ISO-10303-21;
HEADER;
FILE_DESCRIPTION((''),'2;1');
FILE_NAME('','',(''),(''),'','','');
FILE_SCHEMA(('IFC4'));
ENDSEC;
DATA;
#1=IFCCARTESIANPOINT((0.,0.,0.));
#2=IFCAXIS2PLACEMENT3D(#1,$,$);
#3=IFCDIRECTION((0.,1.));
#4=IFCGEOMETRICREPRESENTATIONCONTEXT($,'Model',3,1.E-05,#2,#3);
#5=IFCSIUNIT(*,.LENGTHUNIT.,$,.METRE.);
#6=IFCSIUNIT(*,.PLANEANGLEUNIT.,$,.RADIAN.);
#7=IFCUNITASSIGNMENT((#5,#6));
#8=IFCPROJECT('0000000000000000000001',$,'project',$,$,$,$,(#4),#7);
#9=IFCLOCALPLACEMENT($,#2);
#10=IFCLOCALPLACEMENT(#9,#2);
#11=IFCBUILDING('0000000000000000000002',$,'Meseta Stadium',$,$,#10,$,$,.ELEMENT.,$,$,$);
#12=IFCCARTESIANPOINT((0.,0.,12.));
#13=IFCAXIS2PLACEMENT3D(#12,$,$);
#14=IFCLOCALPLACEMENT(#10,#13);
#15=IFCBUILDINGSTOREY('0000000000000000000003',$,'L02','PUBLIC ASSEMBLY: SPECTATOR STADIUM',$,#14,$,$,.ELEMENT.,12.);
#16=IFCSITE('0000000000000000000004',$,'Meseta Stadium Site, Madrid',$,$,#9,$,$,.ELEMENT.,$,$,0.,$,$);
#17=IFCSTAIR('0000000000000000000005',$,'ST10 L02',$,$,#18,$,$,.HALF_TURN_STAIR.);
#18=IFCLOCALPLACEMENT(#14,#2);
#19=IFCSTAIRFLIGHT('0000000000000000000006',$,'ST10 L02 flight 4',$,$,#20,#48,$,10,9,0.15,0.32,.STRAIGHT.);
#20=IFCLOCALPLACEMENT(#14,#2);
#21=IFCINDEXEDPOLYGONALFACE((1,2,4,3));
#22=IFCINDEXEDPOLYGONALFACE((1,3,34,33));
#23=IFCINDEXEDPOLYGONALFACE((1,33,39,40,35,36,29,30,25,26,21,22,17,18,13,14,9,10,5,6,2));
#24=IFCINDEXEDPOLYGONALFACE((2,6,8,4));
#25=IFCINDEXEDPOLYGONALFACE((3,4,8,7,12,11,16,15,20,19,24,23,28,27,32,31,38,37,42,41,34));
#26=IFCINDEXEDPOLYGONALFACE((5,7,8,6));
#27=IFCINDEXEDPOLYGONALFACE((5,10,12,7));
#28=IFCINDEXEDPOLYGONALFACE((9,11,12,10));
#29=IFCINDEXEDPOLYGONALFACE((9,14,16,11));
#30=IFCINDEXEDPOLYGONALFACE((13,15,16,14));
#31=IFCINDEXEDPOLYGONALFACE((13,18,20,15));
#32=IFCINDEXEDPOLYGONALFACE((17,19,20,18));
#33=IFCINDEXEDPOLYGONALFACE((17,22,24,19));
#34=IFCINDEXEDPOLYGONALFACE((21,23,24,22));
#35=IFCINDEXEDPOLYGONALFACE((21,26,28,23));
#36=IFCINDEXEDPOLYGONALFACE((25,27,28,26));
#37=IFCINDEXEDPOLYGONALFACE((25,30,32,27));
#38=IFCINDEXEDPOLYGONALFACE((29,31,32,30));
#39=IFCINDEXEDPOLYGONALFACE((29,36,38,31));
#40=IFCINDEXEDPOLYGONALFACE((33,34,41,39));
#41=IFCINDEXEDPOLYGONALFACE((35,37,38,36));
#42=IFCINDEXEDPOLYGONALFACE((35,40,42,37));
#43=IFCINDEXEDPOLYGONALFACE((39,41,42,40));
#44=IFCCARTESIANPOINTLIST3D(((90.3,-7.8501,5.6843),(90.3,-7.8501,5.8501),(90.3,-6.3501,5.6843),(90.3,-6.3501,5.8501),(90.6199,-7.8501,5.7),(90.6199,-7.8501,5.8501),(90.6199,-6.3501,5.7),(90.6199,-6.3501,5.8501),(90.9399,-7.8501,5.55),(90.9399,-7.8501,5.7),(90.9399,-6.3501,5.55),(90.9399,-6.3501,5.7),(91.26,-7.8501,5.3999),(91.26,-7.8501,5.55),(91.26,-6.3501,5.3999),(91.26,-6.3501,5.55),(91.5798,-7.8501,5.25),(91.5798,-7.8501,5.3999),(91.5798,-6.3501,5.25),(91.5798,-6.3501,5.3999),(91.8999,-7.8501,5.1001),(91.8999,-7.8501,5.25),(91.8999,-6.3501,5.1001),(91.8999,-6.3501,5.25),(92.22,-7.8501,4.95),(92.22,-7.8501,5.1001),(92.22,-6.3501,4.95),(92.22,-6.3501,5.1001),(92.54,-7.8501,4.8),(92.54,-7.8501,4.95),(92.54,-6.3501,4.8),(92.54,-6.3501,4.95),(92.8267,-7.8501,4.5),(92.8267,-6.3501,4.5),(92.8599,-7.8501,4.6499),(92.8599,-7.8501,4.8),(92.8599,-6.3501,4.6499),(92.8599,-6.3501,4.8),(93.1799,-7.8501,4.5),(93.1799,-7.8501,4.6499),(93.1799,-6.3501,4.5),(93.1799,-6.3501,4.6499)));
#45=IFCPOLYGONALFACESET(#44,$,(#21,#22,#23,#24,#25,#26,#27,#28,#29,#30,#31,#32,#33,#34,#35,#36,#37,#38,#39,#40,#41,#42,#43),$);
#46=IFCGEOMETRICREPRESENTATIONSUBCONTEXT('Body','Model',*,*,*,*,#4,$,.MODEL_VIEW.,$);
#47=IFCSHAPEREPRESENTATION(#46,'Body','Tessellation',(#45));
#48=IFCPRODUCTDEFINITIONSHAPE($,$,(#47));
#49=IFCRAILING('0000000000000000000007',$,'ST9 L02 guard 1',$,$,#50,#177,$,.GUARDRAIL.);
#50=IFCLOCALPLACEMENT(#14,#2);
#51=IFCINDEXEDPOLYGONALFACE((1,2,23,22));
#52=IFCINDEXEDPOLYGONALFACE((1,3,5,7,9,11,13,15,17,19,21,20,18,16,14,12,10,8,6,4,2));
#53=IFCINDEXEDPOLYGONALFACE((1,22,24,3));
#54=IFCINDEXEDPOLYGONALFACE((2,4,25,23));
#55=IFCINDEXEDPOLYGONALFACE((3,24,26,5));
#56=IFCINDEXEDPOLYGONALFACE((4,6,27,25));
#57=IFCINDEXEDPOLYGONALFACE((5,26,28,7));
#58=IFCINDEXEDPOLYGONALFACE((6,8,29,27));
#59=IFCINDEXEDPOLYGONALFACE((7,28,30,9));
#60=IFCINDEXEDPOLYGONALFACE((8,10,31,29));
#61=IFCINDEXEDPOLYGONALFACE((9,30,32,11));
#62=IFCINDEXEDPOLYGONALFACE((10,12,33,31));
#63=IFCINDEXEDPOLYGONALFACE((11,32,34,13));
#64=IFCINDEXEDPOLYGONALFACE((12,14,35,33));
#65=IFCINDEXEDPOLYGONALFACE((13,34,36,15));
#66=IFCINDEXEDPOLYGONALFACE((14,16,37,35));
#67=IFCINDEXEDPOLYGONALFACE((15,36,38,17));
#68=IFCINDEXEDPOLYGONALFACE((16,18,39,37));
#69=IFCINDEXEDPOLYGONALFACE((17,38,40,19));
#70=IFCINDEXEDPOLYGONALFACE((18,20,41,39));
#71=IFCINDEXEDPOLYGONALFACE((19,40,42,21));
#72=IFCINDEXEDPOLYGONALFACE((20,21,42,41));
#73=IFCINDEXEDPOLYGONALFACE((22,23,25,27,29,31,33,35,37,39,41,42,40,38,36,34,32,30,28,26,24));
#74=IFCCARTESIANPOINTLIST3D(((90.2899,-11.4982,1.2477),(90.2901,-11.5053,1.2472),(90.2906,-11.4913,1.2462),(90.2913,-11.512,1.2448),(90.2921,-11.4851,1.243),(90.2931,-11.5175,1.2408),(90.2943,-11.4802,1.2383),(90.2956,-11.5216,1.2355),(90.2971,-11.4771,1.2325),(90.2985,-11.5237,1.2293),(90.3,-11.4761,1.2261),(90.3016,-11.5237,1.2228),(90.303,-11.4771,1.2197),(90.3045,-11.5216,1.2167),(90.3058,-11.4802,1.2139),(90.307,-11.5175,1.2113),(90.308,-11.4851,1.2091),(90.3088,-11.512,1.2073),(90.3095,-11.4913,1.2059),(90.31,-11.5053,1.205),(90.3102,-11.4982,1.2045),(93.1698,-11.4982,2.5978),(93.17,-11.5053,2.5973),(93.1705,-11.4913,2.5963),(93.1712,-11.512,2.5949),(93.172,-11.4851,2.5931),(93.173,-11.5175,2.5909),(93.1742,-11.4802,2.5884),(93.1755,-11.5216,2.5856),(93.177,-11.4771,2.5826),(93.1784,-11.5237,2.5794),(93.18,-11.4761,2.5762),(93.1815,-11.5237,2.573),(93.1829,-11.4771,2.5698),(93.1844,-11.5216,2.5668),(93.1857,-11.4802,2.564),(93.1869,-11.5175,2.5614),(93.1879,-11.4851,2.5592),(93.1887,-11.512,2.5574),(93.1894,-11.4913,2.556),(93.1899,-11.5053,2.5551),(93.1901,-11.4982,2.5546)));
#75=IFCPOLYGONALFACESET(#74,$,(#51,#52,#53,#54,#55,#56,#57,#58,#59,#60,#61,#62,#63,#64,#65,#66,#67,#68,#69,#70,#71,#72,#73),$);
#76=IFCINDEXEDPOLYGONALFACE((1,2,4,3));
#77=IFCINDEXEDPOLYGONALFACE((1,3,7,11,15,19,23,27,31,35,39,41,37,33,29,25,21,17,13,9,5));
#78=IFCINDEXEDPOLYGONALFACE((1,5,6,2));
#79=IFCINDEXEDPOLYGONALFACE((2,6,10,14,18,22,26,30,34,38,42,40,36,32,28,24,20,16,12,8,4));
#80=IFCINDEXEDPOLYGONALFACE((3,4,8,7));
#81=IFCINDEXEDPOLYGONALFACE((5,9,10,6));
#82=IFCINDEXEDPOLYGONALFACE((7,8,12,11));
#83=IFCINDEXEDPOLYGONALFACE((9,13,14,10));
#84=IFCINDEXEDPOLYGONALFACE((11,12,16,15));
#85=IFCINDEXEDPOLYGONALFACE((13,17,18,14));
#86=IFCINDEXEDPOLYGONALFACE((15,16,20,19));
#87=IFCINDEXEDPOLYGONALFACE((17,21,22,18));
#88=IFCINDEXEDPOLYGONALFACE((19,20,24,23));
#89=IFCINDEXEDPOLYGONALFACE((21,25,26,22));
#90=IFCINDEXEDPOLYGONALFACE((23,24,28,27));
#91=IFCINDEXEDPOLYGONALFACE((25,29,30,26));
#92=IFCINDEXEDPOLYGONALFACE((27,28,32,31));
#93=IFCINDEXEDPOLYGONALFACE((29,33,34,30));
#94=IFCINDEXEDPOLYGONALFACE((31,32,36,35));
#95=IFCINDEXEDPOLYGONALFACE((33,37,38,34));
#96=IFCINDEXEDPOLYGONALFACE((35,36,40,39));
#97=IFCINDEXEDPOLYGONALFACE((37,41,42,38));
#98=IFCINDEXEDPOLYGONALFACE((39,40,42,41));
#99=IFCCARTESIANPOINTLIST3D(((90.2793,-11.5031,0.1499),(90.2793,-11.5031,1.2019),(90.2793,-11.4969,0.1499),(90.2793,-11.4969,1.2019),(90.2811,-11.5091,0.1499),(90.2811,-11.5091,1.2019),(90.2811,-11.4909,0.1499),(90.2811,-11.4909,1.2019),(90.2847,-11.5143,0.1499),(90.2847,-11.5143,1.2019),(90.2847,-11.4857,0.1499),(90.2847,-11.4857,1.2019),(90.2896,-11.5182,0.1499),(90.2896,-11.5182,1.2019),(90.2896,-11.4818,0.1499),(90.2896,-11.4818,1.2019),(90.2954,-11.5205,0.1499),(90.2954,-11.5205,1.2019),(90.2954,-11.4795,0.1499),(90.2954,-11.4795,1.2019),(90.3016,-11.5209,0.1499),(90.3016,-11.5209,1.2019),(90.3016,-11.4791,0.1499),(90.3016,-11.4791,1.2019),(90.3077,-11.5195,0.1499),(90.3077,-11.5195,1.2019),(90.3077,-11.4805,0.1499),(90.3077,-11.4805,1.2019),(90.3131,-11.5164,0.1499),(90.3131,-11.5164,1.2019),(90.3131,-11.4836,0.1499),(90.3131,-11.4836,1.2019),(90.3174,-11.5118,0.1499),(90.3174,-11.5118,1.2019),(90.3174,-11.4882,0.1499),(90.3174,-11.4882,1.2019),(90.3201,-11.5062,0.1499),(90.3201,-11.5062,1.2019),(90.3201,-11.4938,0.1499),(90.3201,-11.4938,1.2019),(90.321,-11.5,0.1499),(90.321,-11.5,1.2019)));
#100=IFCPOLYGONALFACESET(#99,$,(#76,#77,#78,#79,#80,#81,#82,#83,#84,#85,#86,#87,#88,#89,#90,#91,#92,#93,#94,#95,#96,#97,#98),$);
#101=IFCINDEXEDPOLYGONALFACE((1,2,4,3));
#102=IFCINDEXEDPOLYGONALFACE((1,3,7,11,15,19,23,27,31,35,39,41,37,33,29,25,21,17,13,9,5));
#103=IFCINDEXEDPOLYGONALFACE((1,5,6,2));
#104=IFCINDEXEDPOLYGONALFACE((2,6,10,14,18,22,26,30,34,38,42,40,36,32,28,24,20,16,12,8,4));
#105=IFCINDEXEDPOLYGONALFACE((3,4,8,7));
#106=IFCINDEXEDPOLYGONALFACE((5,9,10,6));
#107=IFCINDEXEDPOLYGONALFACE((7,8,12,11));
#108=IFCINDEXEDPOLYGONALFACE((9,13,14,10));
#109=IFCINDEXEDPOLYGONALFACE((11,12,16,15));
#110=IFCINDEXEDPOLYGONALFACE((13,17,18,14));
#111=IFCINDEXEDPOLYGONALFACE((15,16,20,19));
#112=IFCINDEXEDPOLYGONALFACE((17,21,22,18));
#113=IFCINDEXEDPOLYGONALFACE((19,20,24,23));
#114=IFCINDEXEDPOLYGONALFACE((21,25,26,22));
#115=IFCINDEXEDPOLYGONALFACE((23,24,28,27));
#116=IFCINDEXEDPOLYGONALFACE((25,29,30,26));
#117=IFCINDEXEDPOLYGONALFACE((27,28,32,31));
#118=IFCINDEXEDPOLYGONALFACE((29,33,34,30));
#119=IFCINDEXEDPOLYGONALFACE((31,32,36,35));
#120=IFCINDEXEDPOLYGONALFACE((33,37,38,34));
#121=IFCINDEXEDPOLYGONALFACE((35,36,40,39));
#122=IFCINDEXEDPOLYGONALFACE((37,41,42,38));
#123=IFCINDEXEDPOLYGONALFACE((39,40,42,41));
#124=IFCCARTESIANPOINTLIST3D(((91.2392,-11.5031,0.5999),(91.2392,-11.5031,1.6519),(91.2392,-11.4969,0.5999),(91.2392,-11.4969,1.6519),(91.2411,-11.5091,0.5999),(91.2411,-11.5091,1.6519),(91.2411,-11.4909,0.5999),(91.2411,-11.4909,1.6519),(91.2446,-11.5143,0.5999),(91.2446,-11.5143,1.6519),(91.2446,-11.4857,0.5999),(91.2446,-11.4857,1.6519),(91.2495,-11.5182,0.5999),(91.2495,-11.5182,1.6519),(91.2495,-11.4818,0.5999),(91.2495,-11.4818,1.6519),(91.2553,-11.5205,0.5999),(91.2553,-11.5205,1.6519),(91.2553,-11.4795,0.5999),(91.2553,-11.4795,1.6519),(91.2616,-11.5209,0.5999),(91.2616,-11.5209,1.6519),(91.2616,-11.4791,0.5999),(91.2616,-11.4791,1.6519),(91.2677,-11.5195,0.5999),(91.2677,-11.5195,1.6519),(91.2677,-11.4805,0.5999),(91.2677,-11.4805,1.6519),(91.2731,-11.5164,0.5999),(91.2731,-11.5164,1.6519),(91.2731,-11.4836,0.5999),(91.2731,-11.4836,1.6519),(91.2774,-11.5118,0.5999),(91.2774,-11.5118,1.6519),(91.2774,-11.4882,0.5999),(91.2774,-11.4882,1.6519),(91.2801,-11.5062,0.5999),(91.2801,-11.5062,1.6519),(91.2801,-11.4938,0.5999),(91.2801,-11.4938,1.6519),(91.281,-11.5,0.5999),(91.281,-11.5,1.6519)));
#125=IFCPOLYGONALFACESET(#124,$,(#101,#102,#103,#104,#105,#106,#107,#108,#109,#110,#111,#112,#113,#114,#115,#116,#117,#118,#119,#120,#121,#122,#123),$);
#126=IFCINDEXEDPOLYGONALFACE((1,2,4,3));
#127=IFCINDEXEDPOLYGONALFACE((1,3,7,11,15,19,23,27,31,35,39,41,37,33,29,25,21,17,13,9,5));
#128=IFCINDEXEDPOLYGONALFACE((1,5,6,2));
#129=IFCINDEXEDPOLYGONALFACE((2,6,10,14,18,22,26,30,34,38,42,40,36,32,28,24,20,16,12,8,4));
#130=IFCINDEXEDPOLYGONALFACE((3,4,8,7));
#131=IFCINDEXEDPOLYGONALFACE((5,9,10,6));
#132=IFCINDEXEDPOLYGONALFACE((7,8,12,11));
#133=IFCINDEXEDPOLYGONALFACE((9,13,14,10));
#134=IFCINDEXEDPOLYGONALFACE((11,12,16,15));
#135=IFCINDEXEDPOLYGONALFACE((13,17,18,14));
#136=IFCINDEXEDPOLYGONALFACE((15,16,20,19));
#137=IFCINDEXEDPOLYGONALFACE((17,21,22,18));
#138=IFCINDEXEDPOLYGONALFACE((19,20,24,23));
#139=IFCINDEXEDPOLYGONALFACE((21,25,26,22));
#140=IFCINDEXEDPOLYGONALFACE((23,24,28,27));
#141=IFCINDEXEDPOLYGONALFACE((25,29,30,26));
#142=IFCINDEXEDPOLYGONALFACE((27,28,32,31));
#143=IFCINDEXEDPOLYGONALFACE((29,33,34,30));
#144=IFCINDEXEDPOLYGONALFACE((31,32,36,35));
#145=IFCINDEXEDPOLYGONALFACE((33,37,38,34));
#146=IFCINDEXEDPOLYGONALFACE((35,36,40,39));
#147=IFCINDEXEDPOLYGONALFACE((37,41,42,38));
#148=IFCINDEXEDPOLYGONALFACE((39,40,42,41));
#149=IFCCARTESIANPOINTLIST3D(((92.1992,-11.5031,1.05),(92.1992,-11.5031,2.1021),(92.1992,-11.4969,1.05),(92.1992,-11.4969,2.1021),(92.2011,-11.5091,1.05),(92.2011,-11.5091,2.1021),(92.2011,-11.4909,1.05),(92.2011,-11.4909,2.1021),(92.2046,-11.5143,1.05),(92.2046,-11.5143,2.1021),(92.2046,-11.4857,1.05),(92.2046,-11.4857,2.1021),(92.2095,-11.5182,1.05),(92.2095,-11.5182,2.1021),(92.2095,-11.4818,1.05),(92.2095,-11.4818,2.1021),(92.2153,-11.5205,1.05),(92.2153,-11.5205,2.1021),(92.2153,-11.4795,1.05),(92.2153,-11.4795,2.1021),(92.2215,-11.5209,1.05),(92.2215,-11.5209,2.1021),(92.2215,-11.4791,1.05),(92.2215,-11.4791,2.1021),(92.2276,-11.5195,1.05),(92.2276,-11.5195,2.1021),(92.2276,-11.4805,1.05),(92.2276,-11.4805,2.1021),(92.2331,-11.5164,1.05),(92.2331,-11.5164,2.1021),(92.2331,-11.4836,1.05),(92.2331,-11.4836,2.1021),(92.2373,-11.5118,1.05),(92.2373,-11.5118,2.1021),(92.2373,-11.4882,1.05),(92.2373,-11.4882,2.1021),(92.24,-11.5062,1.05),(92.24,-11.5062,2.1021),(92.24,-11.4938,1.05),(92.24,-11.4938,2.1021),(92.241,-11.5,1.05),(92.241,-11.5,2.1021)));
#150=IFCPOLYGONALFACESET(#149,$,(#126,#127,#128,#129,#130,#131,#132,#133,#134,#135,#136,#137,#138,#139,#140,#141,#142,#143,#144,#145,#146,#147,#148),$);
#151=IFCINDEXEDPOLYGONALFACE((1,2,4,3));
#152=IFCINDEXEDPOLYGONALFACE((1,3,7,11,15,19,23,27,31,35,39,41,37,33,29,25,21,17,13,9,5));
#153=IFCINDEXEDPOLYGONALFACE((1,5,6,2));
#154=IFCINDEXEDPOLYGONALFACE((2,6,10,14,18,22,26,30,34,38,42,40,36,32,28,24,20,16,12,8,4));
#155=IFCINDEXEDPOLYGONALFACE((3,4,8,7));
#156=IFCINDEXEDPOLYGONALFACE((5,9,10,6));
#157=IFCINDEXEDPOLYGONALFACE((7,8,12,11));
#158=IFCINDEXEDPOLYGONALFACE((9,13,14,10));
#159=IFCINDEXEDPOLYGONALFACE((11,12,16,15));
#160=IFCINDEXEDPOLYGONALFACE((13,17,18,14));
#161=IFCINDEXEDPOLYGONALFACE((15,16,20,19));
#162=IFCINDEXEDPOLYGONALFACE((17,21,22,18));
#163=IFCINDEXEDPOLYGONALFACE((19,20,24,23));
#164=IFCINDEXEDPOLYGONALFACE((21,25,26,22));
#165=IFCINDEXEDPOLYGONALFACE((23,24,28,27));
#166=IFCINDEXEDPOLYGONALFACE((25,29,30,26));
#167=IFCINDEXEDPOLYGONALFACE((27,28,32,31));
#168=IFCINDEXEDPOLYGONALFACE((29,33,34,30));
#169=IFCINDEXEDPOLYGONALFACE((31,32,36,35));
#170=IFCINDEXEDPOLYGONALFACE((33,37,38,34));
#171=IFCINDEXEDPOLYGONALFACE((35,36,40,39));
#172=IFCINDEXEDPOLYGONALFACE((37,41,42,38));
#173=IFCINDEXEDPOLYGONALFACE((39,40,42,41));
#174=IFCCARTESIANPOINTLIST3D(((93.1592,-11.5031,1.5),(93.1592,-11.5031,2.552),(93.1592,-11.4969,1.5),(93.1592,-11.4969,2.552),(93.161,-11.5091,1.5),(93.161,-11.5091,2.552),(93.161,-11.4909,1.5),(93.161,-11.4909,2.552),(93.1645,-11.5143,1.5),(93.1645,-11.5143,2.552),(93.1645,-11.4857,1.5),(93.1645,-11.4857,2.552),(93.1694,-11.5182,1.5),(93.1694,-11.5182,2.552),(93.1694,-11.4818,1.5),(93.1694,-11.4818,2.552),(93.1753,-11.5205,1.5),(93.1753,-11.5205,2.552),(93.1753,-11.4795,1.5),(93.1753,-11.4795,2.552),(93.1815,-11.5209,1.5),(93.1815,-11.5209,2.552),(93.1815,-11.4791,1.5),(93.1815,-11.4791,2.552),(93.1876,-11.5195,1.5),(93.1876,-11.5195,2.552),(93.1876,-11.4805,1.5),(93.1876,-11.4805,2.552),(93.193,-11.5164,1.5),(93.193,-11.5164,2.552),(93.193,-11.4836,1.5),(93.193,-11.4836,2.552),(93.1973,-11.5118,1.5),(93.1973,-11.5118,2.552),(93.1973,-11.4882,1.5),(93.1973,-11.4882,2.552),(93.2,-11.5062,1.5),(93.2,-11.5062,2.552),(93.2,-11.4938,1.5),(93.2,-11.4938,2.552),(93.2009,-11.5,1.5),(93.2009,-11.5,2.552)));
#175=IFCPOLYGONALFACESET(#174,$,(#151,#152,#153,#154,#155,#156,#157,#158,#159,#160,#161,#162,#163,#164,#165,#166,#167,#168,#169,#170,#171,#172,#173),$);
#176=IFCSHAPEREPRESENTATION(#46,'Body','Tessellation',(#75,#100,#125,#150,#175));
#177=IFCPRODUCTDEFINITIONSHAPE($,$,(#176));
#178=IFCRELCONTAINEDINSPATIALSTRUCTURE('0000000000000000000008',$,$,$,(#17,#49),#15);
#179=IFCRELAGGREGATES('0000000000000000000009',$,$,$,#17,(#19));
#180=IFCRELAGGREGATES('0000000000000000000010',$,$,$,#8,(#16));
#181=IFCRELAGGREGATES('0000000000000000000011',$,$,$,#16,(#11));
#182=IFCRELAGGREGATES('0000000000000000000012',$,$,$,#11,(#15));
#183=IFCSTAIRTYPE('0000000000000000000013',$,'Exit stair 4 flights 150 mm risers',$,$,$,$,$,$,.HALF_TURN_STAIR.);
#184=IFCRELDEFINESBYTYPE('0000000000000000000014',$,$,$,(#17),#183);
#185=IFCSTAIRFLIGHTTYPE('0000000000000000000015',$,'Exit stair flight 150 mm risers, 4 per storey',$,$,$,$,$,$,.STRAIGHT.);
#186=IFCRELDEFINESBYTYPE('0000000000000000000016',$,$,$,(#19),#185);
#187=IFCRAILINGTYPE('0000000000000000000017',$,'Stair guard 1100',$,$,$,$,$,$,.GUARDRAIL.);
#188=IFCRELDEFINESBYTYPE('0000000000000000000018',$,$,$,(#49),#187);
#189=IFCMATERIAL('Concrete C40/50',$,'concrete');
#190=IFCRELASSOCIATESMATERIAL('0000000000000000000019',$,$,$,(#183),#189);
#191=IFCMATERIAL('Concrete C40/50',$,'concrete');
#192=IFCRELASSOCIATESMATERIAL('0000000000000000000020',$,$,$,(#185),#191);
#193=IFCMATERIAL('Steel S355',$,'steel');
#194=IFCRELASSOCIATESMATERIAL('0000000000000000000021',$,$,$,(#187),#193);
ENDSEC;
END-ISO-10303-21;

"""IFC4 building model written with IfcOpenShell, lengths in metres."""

from ifc_helpers import new_model, si_unit, direction, frame, origin, origin_2d, place, context, subcontext, project, spatial, polyline, circle, outline, extrude, material, type_object, element, aggregate, save


model = new_model("IFC4")

# Units and contexts
model_context = context("Model", 3, precision=1e-05, world=origin(), true_north=direction((0.0, 1.0)))
body_context = subcontext(model_context, "Body", "Model", "MODEL_VIEW")
ifc_project = project(units=[si_unit("LENGTHUNIT", "METRE"), si_unit("PLANEANGLEUNIT", "RADIAN")], contexts=[model_context])

# Site, building, storey
site_placement = place(None, origin())
site = spatial("IfcSite", under=ifc_project, at=site_placement, Name="Meseta Stadium Site, Madrid", CompositionType="ELEMENT", RefElevation=0.0)
building_placement = place(site_placement, origin())
building = spatial("IfcBuilding", under=site, at=building_placement, Name="Meseta Stadium", CompositionType="ELEMENT")
storey_placement = place(building_placement, frame((0.0, 0.0, 12.0)))
storey = spatial("IfcBuildingStorey", under=building, at=storey_placement, Name="L02", Description="PUBLIC ASSEMBLY: SPECTATOR STADIUM", CompositionType="ELEMENT", Elevation=12.0)

# Stair, stair flight
ifc_material_1 = material(Name="Concrete C40/50", Category="concrete")
stair_type = type_object("IfcStairType", Name="Exit stair 4 flights 150 mm risers", PredefinedType="HALF_TURN_STAIR", material=ifc_material_1)
ifc_material_2 = material(Name="Concrete C40/50", Category="concrete")
stair_flight_type = type_object("IfcStairFlightType", Name="Exit stair flight 150 mm risers, 4 per storey", PredefinedType="STRAIGHT", material=ifc_material_2)
stair_1_placement = place(storey_placement, origin())
stair_1 = element("IfcStair", 1, at=stair_1_placement, inside=storey, type_object=stair_type, Name="ST10 L02", PredefinedType="HALF_TURN_STAIR")
stair_flight_1_placement = place(storey_placement, frame((93.1799, -7.1001, 4.5), z_axis=(0.0, 0.0, 1.0), x_axis=(-1.0, 0.0, 0.0)))
stair_flight_1 = element("IfcStairFlight", 2, at=stair_flight_1_placement, type_object=stair_flight_type, Name="ST10 L02 flight 4", NumberOfRisers=10, NumberOfTreads=9, PredefinedType="STRAIGHT", RiserHeight=0.15, TreadLength=0.32, context=body_context, shape_type="SweptSolid", body=[
    extrude(outline(polyline([(0.0, 0.0), (0.0, 0.1499), (0.3201, 0.1499), (0.3201, 0.3), (0.6399, 0.3), (0.6399, 0.45), (0.96, 0.45), (0.96, 0.6001), (1.28, 0.6001), (1.28, 0.75), (1.6001, 0.75), (1.6001, 0.8999), (1.9199, 0.8999), (1.9199, 1.05), (2.24, 1.05), (2.24, 1.2), (2.5601, 1.2), (2.5601, 1.3501), (2.8799, 1.3501), (2.8799, 1.1843), (0.3533, 0.0), (0.0, 0.0)])), frame((0.0, 0.75, 0.0), z_axis=(0.0, -1.0, 0.0), x_axis=(1.0, 0.0, 0.0)), (0.0, 0.0, 1.0), 1.5),
])
aggregate(stair_1, [stair_flight_1])

# Railing
ifc_material_3 = material(Name="Steel S355", Category="steel")
railing_type_1 = type_object("IfcRailingType", Name="Stair guard 1100", PredefinedType="GUARDRAIL", material=ifc_material_3)
railing_1_placement = place(storey_placement, frame((90.3, -11.5, 0.1499)))
element("IfcRailing", 3, at=railing_1_placement, inside=storey, type_object=railing_type_1, Name="ST9 L02 guard 1", PredefinedType="GUARDRAIL", context=body_context, shape_type="SweptSolid", body=[
    extrude(circle(Radius=0.0239, at=origin_2d()), frame((0.0, 0.0, 1.0762), z_axis=(0.90544, 0.0, 0.424473), x_axis=(0.0, 1.0, 0.0)), (0.0, 0.0, 1.0), 3.1807),
    extrude(circle(Radius=0.021, at=origin_2d()), origin(), (0.0, 0.0, 1.0), 1.052),
    extrude(circle(Radius=0.021, at=origin_2d()), frame((0.96, 0.0, 0.45)), (0.0, 0.0, 1.0), 1.052),
    extrude(circle(Radius=0.021, at=origin_2d()), frame((1.9199, 0.0, 0.9001)), (0.0, 0.0, 1.0), 1.052),
    extrude(circle(Radius=0.021, at=origin_2d()), frame((2.8799, 0.0, 1.3501)), (0.0, 0.0, 1.0), 1.052),
])

save(model, "model.ifc")
